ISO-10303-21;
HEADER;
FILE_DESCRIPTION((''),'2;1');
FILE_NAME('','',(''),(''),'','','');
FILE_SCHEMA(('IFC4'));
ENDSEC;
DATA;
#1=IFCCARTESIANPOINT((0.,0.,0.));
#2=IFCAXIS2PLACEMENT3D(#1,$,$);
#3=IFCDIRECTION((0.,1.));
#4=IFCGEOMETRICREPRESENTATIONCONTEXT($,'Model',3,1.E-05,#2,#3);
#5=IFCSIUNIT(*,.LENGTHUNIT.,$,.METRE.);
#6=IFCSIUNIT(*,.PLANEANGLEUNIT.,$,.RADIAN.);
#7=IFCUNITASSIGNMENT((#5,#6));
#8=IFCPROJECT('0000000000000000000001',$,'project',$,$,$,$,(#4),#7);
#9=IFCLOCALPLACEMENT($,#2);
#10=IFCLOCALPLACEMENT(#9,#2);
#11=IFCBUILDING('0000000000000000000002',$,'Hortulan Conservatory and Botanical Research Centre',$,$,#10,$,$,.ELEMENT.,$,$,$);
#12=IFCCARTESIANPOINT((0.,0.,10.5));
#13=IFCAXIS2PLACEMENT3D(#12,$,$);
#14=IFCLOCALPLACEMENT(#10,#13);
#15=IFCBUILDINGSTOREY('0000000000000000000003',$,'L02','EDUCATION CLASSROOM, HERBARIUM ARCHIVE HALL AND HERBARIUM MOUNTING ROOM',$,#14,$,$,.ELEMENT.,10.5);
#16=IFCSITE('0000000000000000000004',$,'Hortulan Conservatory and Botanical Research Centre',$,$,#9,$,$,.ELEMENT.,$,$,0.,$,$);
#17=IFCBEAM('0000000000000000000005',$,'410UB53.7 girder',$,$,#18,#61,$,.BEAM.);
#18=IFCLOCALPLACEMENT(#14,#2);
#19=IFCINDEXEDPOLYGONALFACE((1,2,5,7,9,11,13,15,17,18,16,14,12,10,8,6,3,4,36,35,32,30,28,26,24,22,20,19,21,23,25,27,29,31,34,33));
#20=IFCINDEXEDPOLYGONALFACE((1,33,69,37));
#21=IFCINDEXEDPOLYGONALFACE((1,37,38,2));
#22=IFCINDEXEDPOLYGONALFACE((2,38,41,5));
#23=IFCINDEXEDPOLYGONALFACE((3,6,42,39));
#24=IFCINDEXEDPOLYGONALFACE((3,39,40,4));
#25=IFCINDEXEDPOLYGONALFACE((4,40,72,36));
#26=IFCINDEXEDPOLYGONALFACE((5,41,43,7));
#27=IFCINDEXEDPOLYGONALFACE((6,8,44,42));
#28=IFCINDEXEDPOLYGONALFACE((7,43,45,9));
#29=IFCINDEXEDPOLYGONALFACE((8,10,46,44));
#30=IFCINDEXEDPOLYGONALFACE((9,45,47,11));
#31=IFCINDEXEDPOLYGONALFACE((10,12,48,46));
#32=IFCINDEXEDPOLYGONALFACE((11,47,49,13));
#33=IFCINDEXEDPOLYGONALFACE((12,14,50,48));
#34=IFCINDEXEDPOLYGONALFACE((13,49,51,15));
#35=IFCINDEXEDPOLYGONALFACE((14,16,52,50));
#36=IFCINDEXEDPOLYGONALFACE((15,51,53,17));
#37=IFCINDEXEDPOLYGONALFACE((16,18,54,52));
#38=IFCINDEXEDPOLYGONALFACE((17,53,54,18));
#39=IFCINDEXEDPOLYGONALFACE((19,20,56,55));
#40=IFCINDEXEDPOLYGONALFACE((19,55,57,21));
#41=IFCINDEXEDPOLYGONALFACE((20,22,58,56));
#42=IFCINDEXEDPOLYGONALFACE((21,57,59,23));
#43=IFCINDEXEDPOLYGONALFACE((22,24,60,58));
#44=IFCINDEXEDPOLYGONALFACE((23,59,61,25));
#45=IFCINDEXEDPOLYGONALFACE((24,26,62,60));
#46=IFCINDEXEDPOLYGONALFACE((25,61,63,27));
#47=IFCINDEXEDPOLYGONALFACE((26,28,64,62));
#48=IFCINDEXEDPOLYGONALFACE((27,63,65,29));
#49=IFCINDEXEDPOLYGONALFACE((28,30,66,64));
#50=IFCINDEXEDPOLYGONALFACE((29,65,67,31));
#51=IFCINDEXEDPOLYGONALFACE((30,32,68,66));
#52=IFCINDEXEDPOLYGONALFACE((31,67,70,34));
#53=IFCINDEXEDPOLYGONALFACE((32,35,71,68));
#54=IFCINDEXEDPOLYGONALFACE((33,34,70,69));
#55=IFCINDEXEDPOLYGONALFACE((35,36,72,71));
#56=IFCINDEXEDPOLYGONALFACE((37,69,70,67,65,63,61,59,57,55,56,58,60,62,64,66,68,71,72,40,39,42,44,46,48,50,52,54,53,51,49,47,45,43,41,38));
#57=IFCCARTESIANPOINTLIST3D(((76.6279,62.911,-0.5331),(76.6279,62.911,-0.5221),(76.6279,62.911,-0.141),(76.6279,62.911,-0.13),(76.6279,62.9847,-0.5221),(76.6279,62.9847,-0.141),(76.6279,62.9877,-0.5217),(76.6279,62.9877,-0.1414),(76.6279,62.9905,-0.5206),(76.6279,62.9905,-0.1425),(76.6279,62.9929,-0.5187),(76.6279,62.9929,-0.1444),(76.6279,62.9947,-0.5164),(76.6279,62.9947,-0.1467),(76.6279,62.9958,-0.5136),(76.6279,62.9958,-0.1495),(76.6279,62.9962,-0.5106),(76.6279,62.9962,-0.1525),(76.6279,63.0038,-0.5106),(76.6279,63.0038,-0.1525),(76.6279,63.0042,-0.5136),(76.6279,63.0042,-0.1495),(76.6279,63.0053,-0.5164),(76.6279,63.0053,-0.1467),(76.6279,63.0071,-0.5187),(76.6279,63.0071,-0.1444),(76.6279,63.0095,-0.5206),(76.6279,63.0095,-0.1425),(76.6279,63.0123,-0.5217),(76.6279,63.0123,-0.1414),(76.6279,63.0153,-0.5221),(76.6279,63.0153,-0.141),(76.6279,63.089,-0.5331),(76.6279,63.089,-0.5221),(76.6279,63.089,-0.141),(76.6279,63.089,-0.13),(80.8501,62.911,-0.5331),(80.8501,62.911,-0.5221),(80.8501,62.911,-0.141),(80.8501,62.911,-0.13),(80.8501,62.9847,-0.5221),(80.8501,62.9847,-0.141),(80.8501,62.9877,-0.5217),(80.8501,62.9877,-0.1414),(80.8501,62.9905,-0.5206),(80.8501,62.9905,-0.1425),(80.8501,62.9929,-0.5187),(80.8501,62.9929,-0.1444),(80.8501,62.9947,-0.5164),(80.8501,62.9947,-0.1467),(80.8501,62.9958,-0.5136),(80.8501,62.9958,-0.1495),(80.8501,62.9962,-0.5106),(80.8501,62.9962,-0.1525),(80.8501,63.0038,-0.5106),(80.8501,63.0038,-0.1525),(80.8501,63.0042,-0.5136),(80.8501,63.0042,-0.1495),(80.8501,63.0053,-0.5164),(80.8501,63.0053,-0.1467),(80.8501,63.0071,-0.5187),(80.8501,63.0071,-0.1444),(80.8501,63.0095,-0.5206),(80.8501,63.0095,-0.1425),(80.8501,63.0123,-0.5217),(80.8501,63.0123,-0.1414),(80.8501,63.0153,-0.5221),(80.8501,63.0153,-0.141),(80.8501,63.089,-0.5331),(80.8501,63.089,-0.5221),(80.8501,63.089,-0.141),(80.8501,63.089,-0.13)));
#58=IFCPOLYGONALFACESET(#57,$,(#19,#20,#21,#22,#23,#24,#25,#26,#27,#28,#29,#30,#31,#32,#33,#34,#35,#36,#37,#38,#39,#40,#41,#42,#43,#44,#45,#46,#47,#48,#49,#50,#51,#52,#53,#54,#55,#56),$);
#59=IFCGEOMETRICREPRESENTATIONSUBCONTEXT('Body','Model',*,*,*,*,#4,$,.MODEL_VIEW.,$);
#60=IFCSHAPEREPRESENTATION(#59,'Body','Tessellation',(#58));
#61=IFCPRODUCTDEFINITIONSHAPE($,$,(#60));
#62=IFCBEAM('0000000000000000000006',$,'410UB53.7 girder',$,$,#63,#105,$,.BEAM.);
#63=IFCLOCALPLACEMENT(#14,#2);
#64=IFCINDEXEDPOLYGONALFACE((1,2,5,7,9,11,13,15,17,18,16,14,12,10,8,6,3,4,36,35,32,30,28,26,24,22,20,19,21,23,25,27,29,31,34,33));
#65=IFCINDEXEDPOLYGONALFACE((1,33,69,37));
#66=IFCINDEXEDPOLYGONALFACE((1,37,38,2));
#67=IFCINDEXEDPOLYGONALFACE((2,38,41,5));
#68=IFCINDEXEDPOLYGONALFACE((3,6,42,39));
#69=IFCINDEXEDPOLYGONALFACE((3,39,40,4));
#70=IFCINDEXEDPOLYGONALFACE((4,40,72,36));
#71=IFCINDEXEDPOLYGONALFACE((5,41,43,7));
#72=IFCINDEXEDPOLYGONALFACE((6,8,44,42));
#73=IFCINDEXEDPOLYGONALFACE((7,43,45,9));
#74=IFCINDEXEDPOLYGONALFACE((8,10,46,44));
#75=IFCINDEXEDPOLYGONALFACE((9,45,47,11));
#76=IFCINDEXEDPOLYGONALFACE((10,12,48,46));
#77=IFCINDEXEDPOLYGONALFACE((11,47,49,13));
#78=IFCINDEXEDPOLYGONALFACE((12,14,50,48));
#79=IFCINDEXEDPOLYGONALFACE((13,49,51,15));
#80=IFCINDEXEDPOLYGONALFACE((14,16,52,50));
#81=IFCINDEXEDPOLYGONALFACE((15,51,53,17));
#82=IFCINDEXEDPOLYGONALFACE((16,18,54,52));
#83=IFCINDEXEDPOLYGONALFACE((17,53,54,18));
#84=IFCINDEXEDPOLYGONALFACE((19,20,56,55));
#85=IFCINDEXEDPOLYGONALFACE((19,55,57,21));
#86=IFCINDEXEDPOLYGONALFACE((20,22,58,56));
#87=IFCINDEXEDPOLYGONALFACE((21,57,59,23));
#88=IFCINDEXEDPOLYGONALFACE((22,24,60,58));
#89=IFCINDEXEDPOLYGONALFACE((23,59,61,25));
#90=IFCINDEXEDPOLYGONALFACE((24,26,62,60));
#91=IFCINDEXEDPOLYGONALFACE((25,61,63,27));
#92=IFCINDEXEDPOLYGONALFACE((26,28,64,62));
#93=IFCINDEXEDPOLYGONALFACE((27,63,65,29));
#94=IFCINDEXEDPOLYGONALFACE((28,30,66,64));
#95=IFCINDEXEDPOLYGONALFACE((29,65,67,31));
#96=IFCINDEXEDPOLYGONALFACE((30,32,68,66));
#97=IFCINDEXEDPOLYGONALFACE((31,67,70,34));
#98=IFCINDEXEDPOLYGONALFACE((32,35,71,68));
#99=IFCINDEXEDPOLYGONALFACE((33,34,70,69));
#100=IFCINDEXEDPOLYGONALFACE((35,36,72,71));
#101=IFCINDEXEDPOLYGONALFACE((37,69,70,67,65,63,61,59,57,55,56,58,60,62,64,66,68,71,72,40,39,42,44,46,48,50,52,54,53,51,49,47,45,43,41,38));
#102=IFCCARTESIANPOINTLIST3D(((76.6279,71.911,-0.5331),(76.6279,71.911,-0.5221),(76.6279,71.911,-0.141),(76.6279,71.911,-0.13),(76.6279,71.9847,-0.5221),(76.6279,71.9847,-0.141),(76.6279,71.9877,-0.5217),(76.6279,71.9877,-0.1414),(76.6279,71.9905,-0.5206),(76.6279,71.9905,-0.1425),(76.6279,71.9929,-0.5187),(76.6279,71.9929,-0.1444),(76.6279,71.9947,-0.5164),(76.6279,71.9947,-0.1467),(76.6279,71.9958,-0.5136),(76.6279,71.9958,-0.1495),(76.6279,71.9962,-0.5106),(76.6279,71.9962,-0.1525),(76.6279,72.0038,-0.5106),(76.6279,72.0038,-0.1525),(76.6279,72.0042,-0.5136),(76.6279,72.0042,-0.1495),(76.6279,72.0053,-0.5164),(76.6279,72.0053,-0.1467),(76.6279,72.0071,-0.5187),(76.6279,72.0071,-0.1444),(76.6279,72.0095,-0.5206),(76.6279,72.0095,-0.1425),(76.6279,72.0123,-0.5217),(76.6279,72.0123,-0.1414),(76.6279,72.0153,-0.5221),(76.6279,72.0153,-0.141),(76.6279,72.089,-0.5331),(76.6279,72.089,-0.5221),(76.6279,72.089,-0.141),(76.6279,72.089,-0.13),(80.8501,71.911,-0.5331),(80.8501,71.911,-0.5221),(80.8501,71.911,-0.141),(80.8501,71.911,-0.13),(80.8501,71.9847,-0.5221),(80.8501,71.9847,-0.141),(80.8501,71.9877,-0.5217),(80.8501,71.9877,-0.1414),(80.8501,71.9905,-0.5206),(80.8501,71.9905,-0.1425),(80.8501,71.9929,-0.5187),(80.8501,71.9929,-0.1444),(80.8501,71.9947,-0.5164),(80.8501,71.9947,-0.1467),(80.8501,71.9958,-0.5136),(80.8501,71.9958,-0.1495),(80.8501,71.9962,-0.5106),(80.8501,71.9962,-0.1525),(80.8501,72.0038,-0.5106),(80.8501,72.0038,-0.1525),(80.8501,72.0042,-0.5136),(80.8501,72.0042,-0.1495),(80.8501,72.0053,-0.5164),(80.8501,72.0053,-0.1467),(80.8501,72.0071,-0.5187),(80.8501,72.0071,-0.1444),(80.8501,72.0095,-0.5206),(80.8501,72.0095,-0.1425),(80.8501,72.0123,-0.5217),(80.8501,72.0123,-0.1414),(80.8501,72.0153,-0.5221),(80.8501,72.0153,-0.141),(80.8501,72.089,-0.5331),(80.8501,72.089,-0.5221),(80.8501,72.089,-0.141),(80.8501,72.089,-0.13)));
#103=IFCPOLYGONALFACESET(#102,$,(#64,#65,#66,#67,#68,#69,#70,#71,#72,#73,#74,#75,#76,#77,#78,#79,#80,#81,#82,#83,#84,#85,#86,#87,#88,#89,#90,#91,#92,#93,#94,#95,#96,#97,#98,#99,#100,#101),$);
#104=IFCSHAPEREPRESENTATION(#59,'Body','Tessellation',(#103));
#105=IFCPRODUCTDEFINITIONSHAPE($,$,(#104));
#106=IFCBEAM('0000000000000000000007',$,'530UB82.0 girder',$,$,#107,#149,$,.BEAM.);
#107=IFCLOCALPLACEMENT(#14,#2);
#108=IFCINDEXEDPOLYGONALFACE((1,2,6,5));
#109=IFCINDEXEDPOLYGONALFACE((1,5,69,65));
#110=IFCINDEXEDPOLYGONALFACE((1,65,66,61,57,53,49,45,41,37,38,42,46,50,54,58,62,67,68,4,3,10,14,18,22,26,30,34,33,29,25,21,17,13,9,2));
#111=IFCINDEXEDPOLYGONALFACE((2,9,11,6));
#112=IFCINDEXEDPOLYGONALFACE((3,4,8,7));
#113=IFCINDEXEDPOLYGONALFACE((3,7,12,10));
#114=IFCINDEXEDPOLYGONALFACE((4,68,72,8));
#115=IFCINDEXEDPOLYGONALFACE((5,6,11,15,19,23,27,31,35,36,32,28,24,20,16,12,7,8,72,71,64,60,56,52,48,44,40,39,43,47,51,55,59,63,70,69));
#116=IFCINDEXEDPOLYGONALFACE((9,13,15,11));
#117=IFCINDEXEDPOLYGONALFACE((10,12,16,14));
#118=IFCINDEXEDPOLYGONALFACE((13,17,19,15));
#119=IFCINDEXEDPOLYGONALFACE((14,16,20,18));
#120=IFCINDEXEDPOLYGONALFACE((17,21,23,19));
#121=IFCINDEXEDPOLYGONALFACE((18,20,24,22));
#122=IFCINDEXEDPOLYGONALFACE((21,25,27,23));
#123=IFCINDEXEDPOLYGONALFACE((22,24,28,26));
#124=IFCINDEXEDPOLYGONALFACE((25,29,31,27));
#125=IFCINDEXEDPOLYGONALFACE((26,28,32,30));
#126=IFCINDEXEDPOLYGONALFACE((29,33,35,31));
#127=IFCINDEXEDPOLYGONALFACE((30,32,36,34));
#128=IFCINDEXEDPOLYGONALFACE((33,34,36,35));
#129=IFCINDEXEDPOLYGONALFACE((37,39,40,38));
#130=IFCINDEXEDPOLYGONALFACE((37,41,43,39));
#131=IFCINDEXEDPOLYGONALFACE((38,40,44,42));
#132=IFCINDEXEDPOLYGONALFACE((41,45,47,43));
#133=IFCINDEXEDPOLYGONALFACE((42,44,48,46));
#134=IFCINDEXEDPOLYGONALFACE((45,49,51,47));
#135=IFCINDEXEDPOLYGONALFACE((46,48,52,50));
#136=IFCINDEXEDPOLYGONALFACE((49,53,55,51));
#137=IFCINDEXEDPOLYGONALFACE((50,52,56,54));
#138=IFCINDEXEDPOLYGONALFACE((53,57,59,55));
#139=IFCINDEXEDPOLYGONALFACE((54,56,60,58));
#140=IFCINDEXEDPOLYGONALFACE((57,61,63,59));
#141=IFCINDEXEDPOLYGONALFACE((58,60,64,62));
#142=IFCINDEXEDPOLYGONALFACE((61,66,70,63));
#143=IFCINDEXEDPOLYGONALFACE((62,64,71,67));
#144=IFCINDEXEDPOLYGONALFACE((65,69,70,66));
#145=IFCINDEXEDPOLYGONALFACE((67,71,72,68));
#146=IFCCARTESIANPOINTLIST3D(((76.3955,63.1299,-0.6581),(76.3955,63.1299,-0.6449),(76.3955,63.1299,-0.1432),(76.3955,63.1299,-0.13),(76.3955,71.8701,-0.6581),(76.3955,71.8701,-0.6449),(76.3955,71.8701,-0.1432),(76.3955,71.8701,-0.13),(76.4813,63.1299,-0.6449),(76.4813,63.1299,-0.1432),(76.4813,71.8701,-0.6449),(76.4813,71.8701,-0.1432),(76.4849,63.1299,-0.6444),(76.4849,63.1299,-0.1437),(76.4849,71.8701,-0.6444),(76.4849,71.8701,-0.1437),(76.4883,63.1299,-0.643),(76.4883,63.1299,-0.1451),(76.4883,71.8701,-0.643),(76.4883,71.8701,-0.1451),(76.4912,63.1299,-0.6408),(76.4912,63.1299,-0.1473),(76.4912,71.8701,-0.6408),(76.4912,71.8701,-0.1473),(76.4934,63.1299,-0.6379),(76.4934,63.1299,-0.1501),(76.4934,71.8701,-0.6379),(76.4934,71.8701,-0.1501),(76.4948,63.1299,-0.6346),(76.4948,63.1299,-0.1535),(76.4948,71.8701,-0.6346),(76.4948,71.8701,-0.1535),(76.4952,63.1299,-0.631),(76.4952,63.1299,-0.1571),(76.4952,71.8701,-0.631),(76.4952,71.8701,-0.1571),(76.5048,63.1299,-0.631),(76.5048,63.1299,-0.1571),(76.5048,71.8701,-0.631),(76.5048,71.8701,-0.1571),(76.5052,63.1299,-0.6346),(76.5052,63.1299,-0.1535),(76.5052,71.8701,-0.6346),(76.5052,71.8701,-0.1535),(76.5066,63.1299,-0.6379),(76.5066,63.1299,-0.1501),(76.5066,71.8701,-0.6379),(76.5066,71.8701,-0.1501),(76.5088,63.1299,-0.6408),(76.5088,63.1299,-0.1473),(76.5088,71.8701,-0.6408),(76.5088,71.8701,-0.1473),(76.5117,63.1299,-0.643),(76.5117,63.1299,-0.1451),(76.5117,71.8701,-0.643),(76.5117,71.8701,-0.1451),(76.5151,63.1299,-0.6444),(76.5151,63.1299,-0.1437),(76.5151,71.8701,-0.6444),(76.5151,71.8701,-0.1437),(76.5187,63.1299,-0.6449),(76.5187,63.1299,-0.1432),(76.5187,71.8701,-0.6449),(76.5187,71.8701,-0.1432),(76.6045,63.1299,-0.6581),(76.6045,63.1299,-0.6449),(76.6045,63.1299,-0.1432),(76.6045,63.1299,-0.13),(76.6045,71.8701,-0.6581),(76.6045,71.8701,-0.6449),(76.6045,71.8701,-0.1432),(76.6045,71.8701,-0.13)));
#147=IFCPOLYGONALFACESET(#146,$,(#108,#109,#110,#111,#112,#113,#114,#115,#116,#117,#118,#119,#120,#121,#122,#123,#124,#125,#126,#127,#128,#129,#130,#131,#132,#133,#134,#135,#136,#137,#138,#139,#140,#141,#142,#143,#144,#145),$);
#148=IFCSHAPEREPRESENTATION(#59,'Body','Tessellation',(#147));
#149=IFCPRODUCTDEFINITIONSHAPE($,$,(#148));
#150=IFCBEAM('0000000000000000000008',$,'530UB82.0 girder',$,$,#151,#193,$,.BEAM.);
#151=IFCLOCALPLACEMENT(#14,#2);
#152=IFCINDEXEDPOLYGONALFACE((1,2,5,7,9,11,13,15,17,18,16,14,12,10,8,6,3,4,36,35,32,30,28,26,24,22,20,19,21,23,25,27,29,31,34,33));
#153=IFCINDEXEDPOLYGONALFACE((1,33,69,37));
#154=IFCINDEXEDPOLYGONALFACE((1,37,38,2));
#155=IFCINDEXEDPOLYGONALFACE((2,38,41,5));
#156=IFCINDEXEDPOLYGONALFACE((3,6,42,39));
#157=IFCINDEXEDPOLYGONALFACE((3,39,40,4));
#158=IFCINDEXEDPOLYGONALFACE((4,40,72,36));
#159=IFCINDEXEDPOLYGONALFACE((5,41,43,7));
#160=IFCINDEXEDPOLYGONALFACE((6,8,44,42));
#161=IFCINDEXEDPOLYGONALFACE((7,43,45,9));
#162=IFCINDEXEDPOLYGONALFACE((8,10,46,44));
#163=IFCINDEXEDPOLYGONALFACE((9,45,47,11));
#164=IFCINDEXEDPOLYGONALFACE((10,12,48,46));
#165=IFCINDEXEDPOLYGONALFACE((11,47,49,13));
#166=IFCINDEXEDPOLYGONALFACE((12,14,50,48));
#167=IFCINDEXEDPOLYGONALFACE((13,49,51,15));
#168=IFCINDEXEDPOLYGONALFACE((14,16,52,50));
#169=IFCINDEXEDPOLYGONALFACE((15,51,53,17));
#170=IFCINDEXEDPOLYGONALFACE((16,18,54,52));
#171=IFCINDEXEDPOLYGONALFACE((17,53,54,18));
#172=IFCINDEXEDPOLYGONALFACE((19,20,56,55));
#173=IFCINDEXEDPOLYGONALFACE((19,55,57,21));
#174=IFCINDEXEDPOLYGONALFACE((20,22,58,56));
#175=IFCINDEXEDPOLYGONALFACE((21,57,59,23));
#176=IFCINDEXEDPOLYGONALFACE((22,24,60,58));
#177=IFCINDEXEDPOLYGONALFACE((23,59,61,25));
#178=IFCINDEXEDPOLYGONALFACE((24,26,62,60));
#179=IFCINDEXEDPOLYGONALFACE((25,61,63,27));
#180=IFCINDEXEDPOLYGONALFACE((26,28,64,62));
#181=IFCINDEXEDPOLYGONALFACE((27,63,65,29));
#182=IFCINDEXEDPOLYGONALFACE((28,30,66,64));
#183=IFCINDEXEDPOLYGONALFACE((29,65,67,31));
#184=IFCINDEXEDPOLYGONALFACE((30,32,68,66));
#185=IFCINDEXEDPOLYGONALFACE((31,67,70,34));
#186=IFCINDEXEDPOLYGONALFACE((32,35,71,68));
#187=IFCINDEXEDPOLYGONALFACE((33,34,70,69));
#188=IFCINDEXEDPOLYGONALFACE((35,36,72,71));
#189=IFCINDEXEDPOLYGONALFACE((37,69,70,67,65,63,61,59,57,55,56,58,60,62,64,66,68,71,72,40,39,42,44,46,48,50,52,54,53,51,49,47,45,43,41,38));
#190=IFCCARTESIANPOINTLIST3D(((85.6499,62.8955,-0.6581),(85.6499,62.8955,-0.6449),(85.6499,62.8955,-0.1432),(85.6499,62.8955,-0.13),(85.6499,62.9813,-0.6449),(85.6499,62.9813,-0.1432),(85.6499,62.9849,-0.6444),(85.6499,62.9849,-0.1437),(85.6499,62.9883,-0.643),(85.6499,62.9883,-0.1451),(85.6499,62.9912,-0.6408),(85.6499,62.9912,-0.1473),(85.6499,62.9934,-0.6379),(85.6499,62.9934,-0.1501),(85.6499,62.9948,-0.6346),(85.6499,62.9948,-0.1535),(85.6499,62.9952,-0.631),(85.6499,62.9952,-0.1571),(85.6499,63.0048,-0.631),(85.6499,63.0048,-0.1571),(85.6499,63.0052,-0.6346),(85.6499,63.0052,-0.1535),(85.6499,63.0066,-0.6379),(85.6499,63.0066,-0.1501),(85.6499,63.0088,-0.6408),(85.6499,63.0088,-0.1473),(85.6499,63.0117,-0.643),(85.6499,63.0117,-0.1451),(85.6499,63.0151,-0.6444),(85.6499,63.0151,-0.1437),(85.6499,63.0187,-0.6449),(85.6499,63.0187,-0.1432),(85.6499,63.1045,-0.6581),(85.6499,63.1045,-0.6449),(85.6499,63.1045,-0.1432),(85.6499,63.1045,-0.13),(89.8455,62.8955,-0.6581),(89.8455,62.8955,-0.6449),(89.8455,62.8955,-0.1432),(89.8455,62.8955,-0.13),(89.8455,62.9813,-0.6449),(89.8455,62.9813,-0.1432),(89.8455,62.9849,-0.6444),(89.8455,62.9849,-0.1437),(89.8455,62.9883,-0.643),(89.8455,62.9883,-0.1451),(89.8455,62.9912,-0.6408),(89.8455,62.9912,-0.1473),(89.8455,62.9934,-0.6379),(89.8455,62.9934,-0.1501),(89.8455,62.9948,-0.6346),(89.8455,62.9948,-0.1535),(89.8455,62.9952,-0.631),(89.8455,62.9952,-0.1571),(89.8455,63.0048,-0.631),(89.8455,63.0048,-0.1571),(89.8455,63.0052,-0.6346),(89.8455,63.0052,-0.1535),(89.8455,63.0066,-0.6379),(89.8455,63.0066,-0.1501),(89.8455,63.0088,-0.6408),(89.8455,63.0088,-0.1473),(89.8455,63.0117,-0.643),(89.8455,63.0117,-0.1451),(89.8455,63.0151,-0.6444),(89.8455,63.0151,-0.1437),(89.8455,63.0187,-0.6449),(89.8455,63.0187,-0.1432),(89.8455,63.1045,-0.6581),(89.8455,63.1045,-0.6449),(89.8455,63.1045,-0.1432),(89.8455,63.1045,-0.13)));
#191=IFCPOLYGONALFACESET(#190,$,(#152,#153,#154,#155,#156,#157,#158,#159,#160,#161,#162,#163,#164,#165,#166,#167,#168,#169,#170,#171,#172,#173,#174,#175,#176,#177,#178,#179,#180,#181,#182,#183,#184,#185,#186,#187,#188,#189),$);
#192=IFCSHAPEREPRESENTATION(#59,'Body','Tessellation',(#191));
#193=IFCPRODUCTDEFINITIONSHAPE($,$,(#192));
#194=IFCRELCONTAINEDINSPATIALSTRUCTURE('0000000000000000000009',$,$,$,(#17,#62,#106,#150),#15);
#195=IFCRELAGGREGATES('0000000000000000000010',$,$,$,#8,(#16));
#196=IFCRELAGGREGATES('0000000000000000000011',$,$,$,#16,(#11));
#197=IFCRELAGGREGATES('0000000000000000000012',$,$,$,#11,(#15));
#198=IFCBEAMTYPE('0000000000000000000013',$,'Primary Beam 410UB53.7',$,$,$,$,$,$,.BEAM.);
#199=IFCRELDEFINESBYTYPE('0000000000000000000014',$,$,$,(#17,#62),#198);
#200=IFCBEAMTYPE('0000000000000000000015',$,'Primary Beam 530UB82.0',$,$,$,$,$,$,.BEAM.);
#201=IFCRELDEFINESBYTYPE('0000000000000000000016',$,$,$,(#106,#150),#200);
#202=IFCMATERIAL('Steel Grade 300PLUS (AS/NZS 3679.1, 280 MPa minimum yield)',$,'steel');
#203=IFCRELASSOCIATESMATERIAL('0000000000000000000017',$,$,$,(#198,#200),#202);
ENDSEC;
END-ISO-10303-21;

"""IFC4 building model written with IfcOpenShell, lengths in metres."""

from ifc_helpers import new_model, si_unit, direction, frame, origin, origin_2d, place, context, subcontext, project, spatial, i_section, extrude, material, material_profile, profile_set, type_object, element, save


model = new_model("IFC4")

# Units and contexts
model_context = context("Model", 3, precision=1e-05, world=origin(), true_north=direction((0.0, 1.0)))
body_context = subcontext(model_context, "Body", "Model", "MODEL_VIEW")
ifc_project = project(units=[si_unit("LENGTHUNIT", "METRE"), si_unit("PLANEANGLEUNIT", "RADIAN")], contexts=[model_context])

# Site, building, storey
site_placement = place(None, origin())
site = spatial("IfcSite", under=ifc_project, at=site_placement, Name="Hortulan Conservatory and Botanical Research Centre", CompositionType="ELEMENT", RefElevation=0.0)
building_placement = place(site_placement, origin())
building = spatial("IfcBuilding", under=site, at=building_placement, Name="Hortulan Conservatory and Botanical Research Centre", CompositionType="ELEMENT")
storey_placement = place(building_placement, frame((0.0, 0.0, 10.5)))
storey = spatial("IfcBuildingStorey", under=building, at=storey_placement, Name="L02", Description="EDUCATION CLASSROOM, HERBARIUM ARCHIVE HALL AND HERBARIUM MOUNTING ROOM", CompositionType="ELEMENT", Elevation=10.5)

# Shared definitions
ifc_material_1 = material(Name="Steel Grade 300PLUS (AS/NZS 3679.1, 280 MPa minimum yield)", Category="steel")

# Beams
ifc_material_profile_1 = material_profile(ifc_material_1, i_section(OverallWidth=0.178, OverallDepth=0.4031, WebThickness=0.0076, FlangeThickness=0.011, FilletRadius=0.0115, at=origin_2d()), Name="410UB53.7")
ifc_profile_set_1 = profile_set([ifc_material_profile_1], Name="Steel Grade 300PLUS (AS/NZS 3679.1, 280 MPa minimum yield)")
beam_type_1 = type_object("IfcBeamType", Name="Primary Beam 410UB53.7", PredefinedType="BEAM", material=ifc_profile_set_1)
for number, where, z_axis, x_axis, name in (
    (1, (76.6279, 63.0, -0.3315), (1.0, 0.0, 0.0), (0.0, 1.0, 0.0), "410UB53.7 girder"),
    (2, (76.6279, 72.0, -0.3315), (1.0, 0.0, 0.0), (0.0, 1.0, 0.0), "410UB53.7 girder"),
):
    element("IfcBeam", number, at=place(storey_placement, frame(where, z_axis=z_axis, x_axis=x_axis)), inside=storey, type_object=beam_type_1, Name=name, PredefinedType="BEAM", context=body_context, shape_type="SweptSolid", body=[
        extrude(i_section(OverallWidth=0.178, OverallDepth=0.4031, WebThickness=0.0076, FlangeThickness=0.011, FilletRadius=0.0115, at=origin_2d()), origin(), (0.0, 0.0, 1.0), 4.2222),
    ])
ifc_material_profile_2 = material_profile(ifc_material_1, i_section(OverallWidth=0.209, OverallDepth=0.5281, WebThickness=0.0095, FlangeThickness=0.0132, FilletRadius=0.0139, at=origin_2d()), Name="530UB82.0")
ifc_profile_set_2 = profile_set([ifc_material_profile_2], Name="Steel Grade 300PLUS (AS/NZS 3679.1, 280 MPa minimum yield)")
beam_type_2 = type_object("IfcBeamType", Name="Primary Beam 530UB82.0", PredefinedType="BEAM", material=ifc_profile_set_2)
beam_1_placement = place(storey_placement, frame((76.5, 63.1299, -0.394), z_axis=(0.0, 1.0, 0.0), x_axis=(-1.0, 0.0, 0.0)))
element("IfcBeam", 3, at=beam_1_placement, inside=storey, type_object=beam_type_2, Name="530UB82.0 girder", PredefinedType="BEAM", context=body_context, shape_type="SweptSolid", body=[
    extrude(i_section(OverallWidth=0.209, OverallDepth=0.5281, WebThickness=0.0095, FlangeThickness=0.0132, FilletRadius=0.0139, at=origin_2d()), origin(), (0.0, 0.0, 1.0), 8.7402),
])
beam_2_placement = place(storey_placement, frame((85.6499, 63.0, -0.394), z_axis=(1.0, 0.0, 0.0), x_axis=(0.0, 1.0, 0.0)))
element("IfcBeam", 4, at=beam_2_placement, inside=storey, type_object=beam_type_2, Name="530UB82.0 girder", PredefinedType="BEAM", context=body_context, shape_type="SweptSolid", body=[
    extrude(i_section(OverallWidth=0.209, OverallDepth=0.5281, WebThickness=0.0095, FlangeThickness=0.0132, FilletRadius=0.0139, at=origin_2d()), origin(), (0.0, 0.0, 1.0), 4.1956),
])

save(model, "model.ifc")
